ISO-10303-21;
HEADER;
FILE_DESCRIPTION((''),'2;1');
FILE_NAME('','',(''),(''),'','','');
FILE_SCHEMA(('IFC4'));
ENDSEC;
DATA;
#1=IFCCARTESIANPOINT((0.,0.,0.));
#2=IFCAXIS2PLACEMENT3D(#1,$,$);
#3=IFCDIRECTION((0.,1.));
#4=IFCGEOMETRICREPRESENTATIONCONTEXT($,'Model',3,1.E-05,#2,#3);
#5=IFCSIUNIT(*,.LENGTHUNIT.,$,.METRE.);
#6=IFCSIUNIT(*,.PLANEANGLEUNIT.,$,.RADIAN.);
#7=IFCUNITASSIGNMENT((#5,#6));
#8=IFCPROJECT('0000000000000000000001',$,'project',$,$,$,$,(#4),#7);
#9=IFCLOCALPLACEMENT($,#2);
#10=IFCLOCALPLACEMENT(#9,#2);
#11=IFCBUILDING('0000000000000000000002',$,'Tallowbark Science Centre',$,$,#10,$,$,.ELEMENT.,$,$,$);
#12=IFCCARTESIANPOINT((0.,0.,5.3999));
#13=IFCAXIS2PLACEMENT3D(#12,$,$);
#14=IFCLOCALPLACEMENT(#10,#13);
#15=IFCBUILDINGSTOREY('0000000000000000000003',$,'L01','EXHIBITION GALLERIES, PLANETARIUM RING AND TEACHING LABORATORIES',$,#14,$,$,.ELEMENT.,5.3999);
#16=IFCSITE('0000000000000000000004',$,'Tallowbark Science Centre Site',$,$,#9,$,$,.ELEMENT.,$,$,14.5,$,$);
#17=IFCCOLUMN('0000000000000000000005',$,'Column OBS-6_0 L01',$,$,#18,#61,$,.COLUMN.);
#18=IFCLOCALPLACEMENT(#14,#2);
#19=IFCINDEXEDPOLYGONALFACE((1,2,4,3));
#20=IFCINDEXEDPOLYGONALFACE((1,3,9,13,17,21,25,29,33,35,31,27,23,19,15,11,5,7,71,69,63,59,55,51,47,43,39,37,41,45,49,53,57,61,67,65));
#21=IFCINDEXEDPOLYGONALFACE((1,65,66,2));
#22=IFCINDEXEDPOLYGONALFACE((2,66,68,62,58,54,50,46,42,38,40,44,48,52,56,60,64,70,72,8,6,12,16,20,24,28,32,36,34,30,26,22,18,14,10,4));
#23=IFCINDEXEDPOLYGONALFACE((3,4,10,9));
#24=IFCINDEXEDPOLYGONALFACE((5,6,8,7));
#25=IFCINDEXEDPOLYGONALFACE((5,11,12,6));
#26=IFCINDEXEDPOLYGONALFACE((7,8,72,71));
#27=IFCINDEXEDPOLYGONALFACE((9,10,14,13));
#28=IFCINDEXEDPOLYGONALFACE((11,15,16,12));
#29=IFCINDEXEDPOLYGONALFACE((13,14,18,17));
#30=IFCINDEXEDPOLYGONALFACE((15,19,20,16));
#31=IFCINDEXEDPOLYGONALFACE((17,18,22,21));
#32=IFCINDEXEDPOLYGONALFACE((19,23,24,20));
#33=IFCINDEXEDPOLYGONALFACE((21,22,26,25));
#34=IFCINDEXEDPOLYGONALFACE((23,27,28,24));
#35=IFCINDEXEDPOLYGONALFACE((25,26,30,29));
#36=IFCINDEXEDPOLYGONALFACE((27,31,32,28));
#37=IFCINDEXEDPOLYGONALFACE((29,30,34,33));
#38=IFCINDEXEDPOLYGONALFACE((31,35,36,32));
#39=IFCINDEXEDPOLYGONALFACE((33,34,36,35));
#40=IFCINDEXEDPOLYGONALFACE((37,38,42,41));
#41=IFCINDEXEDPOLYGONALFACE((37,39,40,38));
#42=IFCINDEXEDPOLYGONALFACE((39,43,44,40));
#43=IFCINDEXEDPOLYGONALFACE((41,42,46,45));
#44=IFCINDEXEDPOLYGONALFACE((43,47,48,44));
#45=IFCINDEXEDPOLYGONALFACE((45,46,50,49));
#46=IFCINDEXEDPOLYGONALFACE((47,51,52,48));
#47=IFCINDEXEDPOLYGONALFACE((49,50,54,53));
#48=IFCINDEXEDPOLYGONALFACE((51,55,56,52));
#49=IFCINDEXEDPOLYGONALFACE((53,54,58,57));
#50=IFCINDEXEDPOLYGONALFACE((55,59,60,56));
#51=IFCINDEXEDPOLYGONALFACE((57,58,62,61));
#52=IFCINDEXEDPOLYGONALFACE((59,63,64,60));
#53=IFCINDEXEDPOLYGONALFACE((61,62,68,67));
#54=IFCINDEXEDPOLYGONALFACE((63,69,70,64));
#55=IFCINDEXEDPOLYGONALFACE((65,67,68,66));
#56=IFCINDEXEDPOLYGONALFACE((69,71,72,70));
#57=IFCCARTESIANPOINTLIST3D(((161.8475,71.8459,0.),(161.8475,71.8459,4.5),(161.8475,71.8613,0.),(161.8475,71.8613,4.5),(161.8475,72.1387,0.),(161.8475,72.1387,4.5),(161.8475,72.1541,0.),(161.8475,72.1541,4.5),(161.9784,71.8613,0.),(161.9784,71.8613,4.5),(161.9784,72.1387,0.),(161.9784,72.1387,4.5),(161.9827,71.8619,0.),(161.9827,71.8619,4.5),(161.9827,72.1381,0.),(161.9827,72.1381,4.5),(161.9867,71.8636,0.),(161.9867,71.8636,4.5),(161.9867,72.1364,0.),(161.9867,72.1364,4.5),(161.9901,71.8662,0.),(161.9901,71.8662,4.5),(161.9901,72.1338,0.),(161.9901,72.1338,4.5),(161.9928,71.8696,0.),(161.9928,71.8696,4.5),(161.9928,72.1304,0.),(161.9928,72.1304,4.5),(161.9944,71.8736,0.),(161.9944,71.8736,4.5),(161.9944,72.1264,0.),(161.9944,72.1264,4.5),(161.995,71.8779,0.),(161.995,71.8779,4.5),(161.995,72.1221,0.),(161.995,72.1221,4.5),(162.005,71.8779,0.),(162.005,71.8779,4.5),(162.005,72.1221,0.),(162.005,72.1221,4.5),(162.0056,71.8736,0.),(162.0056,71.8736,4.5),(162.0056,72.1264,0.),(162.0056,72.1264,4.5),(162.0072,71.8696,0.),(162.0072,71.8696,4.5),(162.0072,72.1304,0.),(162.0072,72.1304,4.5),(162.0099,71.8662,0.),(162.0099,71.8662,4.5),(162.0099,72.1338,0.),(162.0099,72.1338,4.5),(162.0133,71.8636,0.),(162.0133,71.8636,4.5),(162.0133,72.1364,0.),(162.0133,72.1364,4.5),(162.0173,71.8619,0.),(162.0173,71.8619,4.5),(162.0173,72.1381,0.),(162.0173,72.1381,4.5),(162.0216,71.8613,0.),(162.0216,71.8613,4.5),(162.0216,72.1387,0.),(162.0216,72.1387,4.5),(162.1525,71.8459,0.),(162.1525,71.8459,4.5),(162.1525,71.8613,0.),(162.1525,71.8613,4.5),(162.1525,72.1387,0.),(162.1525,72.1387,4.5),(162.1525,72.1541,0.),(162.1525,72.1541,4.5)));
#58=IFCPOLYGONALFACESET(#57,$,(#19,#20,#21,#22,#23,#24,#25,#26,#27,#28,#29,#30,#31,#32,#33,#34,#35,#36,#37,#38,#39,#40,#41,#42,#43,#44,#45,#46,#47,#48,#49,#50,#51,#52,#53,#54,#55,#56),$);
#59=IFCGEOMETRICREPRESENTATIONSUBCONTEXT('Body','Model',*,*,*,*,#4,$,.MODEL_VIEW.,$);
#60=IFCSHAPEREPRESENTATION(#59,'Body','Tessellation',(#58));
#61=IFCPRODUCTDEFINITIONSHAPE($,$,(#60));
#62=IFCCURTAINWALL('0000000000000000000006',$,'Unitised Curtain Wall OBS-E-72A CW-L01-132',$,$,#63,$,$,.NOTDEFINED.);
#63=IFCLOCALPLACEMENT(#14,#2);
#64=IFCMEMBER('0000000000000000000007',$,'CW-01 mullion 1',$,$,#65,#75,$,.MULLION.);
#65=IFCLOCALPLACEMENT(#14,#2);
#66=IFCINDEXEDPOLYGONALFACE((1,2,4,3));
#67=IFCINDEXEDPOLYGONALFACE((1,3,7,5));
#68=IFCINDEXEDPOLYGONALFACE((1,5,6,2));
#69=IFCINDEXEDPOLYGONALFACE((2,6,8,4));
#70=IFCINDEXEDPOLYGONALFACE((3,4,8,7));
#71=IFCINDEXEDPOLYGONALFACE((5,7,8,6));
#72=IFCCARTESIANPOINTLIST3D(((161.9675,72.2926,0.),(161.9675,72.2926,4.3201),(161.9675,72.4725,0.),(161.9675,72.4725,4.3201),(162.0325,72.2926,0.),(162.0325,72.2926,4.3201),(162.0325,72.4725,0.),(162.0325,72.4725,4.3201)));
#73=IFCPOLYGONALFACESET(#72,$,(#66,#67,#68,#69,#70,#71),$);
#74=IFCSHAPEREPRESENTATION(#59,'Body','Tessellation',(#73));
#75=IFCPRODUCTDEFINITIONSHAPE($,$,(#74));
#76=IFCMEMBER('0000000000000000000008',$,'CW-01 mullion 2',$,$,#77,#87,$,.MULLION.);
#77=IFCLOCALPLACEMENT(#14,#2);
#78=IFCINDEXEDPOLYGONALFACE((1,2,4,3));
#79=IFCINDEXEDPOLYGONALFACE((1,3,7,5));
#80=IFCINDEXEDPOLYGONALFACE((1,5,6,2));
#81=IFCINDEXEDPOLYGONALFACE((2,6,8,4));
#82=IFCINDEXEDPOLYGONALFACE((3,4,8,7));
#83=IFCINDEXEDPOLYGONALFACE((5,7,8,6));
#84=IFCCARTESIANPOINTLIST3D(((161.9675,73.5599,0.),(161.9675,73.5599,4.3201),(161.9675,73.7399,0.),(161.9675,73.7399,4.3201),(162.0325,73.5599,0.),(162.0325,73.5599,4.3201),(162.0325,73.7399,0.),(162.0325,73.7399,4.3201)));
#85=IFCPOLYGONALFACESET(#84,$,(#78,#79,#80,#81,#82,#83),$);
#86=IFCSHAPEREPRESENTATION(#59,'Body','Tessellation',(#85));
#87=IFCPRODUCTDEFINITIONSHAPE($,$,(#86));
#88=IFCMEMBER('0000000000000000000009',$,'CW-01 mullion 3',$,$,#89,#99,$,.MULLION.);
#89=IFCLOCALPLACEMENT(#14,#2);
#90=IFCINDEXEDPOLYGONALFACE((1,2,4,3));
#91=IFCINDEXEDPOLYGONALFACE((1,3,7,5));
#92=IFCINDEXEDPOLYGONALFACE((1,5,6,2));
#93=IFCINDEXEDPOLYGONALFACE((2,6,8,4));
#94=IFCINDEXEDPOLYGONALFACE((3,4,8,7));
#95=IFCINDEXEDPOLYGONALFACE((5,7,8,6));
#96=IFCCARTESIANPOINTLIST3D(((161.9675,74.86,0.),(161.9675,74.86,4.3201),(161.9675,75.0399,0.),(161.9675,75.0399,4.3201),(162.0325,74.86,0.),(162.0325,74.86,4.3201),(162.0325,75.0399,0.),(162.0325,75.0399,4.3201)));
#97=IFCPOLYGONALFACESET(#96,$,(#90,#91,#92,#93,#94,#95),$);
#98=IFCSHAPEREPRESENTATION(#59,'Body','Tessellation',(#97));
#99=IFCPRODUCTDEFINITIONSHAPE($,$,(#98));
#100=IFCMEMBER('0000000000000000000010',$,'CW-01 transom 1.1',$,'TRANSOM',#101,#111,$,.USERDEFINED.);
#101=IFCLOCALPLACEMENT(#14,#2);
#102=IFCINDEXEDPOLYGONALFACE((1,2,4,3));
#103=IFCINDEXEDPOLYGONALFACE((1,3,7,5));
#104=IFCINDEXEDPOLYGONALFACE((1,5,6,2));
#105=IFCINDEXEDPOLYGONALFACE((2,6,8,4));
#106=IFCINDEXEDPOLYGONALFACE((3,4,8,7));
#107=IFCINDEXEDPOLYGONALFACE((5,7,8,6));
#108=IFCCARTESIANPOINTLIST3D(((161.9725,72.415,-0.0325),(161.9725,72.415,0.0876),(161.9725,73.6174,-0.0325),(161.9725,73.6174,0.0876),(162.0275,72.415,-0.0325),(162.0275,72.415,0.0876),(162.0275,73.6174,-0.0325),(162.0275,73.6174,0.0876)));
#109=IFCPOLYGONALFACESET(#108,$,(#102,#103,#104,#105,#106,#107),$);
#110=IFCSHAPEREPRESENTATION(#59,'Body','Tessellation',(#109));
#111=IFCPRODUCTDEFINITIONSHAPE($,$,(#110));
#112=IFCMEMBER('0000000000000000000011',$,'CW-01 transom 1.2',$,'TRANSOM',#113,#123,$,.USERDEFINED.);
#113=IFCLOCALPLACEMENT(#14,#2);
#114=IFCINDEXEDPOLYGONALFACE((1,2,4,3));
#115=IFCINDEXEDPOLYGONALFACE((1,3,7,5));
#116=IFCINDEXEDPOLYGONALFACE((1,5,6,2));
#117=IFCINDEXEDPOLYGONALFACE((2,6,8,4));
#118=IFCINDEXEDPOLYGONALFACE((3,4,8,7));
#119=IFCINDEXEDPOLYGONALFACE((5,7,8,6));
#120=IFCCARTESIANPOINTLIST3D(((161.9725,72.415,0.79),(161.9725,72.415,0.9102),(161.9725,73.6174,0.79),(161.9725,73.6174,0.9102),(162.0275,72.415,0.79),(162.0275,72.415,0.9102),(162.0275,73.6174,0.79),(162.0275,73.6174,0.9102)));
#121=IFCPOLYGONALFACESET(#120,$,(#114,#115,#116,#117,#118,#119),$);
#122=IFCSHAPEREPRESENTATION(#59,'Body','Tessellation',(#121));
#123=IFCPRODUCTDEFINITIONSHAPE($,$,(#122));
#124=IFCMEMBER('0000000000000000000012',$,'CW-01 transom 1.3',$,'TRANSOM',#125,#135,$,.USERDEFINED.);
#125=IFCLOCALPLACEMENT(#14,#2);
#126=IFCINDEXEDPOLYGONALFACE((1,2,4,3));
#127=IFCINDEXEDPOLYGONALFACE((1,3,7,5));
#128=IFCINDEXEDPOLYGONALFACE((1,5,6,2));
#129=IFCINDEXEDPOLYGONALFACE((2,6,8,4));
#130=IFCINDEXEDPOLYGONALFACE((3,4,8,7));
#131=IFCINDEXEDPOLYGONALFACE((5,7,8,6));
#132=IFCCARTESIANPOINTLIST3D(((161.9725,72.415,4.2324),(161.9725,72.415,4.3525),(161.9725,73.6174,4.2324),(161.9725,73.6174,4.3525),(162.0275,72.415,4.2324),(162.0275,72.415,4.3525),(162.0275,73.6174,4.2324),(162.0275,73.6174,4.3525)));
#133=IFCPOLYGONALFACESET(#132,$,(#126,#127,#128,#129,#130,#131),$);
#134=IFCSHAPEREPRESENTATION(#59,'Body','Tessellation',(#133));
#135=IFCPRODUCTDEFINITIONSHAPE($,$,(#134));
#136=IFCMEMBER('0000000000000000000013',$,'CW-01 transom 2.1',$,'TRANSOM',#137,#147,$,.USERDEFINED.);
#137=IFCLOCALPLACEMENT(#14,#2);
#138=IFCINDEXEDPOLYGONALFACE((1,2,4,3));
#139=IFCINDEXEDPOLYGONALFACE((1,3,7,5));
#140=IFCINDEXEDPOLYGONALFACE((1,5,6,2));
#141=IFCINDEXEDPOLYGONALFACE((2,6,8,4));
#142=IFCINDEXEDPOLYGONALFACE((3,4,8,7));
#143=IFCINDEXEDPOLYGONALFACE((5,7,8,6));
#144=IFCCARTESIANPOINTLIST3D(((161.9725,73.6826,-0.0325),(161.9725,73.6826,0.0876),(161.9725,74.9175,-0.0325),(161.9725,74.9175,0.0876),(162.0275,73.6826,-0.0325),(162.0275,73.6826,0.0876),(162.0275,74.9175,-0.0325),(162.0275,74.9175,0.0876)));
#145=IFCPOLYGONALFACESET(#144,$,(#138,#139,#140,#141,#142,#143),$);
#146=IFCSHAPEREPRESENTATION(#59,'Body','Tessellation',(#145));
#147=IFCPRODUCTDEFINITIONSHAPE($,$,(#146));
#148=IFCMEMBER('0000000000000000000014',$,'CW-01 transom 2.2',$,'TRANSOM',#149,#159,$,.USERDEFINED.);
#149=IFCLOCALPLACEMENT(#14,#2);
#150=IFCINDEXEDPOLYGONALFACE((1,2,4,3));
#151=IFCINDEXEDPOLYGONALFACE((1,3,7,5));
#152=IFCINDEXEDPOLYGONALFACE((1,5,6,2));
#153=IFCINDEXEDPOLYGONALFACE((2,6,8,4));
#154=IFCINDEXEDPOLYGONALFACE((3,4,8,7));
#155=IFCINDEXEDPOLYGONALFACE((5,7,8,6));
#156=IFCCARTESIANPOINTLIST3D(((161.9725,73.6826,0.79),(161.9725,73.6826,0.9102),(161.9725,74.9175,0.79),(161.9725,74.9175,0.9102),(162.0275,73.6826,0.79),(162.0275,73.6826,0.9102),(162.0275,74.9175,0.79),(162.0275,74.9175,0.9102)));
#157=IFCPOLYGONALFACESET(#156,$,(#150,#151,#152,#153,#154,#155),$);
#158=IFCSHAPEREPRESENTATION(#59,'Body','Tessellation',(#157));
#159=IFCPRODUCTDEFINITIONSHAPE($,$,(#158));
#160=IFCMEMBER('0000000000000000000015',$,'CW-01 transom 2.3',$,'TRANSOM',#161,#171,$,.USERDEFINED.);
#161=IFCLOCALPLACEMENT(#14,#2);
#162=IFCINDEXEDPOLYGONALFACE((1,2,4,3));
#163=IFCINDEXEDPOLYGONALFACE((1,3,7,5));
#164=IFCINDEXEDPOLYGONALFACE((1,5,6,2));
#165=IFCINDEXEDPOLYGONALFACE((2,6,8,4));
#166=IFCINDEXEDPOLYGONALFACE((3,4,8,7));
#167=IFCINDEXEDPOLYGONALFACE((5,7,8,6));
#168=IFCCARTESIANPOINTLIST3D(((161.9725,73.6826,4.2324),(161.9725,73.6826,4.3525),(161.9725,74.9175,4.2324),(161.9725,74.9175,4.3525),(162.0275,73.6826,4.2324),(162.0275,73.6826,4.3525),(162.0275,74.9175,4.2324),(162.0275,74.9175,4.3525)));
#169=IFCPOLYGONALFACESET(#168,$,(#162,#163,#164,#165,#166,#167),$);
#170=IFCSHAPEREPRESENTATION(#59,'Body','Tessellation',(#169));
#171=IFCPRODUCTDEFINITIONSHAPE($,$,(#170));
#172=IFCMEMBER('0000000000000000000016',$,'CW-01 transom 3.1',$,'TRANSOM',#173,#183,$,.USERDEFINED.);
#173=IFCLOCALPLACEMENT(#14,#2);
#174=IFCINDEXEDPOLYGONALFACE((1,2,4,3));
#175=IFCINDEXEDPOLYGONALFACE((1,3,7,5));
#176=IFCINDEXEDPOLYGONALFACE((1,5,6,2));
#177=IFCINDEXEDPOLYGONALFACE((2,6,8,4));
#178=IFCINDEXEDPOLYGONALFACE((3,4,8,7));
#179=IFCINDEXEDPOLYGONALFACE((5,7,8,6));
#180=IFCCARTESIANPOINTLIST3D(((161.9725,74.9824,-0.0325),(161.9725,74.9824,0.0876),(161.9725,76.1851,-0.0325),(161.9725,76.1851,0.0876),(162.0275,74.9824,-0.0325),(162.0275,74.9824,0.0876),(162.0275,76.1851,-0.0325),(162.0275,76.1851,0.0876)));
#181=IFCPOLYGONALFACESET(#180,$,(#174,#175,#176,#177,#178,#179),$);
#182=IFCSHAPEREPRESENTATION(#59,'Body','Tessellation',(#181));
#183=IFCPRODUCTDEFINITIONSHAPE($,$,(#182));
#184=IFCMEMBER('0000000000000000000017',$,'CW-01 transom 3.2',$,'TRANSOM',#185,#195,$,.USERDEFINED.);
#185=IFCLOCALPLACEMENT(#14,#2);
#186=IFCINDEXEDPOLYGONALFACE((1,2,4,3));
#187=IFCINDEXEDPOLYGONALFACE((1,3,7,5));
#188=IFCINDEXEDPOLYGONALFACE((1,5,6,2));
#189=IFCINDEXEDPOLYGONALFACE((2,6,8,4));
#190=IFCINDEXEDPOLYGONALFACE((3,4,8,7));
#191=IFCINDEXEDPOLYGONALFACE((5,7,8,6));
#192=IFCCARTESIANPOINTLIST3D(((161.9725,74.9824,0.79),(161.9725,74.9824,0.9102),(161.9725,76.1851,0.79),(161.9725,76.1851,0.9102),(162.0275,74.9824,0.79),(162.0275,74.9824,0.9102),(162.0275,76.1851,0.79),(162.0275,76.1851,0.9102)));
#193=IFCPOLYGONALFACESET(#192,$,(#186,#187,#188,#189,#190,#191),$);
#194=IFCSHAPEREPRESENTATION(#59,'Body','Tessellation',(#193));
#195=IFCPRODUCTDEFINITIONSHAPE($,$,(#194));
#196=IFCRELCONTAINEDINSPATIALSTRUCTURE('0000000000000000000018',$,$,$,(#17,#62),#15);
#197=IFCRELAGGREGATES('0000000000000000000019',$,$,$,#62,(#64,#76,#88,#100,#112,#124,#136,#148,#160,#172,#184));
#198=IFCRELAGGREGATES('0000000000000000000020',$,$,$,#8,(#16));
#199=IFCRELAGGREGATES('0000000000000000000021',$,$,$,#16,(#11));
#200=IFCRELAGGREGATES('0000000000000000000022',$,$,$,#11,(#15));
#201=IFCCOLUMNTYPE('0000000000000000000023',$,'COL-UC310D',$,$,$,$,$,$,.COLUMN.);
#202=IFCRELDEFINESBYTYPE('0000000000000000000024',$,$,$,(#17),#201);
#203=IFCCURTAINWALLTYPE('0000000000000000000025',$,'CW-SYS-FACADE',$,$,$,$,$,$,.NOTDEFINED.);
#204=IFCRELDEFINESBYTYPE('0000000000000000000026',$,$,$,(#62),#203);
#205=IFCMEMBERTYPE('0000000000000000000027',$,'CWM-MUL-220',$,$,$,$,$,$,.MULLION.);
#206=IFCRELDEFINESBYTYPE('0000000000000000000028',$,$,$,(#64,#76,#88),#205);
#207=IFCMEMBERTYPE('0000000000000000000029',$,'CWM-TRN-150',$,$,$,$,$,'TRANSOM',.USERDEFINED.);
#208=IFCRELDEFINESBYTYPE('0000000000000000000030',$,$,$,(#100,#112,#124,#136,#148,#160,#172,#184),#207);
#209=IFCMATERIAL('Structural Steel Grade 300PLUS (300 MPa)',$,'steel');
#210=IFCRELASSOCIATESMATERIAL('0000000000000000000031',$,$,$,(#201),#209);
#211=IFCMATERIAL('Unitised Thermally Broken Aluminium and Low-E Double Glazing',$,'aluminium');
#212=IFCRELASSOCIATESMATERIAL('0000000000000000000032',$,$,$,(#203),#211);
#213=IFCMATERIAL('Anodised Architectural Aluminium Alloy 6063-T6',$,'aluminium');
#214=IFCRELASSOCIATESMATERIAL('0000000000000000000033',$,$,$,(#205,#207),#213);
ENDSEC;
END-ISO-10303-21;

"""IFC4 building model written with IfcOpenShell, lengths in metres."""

from ifc_helpers import new_model, si_unit, direction, frame, origin, origin_2d, place, context, subcontext, project, spatial, rectangle, i_section, extrude, material, material_profile, profile_set, type_object, element, aggregate, save


model = new_model("IFC4")

# Units and contexts
model_context = context("Model", 3, precision=1e-05, world=origin(), true_north=direction((0.0, 1.0)))
body_context = subcontext(model_context, "Body", "Model", "MODEL_VIEW")
ifc_project = project(units=[si_unit("LENGTHUNIT", "METRE"), si_unit("PLANEANGLEUNIT", "RADIAN")], contexts=[model_context])

# Site, building, storey
site_placement = place(None, origin())
site = spatial("IfcSite", under=ifc_project, at=site_placement, Name="Tallowbark Science Centre Site", CompositionType="ELEMENT", RefElevation=14.5)
building_placement = place(site_placement, origin())
building = spatial("IfcBuilding", under=site, at=building_placement, Name="Tallowbark Science Centre", CompositionType="ELEMENT")
storey_placement = place(building_placement, frame((0.0, 0.0, 5.3999)))
storey = spatial("IfcBuildingStorey", under=building, at=storey_placement, Name="L01", Description="EXHIBITION GALLERIES, PLANETARIUM RING AND TEACHING LABORATORIES", CompositionType="ELEMENT", Elevation=5.3999)

# Column
ifc_material_1 = material(Name="Structural Steel Grade 300PLUS (300 MPa)", Category="steel")
ifc_material_profile_1 = material_profile(ifc_material_1, i_section(OverallWidth=0.3049, OverallDepth=0.3081, WebThickness=0.01, FlangeThickness=0.0154, FilletRadius=0.0166, at=origin_2d()), Name="310UC96.8")
ifc_profile_set_1 = profile_set([ifc_material_profile_1], Name="Structural Steel Grade 300PLUS (300 MPa)")
column_type = type_object("IfcColumnType", Name="COL-UC310D", PredefinedType="COLUMN", material=ifc_profile_set_1)
column_placement = place(storey_placement, frame((162.0, 72.0, 0.0), z_axis=(0.0, 0.0, 1.0), x_axis=(1.0, 0.0, 0.0)))
element("IfcColumn", 1, at=column_placement, inside=storey, type_object=column_type, Name="Column OBS-6_0 L01", PredefinedType="COLUMN", context=body_context, shape_type="SweptSolid", body=[
    extrude(i_section(OverallWidth=0.3049, OverallDepth=0.3081, WebThickness=0.01, FlangeThickness=0.0154, FilletRadius=0.0166, at=origin_2d()), origin(), (0.0, 0.0, 1.0), 4.5),
])

# Curtain wall, members
ifc_material_2 = material(Name="Unitised Thermally Broken Aluminium and Low-E Double Glazing", Category="aluminium")
curtain_wall_type = type_object("IfcCurtainWallType", Name="CW-SYS-FACADE", PredefinedType="NOTDEFINED", material=ifc_material_2)
curtain_wall_placement = place(storey_placement, origin())
curtain_wall = element("IfcCurtainWall", 2, at=curtain_wall_placement, inside=storey, type_object=curtain_wall_type, Name="Unitised Curtain Wall OBS-E-72A CW-L01-132", PredefinedType="NOTDEFINED")
ifc_material_3 = material(Name="Anodised Architectural Aluminium Alloy 6063-T6", Category="aluminium")
ifc_material_profile_2 = material_profile(ifc_material_3, rectangle(XDim=0.0649, YDim=0.1799, at=origin_2d()), Name="ALU65x180")
ifc_profile_set_2 = profile_set([ifc_material_profile_2], Name="Anodised Architectural Aluminium Alloy 6063-T6")
member_type_1 = type_object("IfcMemberType", Name="CWM-MUL-220", PredefinedType="MULLION", material=ifc_profile_set_2)
member_1_placement = place(storey_placement, frame((162.0, 72.3826, 0.0), z_axis=(0.0, 0.0, 1.0), x_axis=(-1.0, 0.0, 0.0)))
member_1 = element("IfcMember", 3, at=member_1_placement, type_object=member_type_1, Name="CW-01 mullion 1", PredefinedType="MULLION", context=body_context, shape_type="SweptSolid", body=[
    extrude(rectangle(XDim=0.0649, YDim=0.1799, at=origin_2d()), origin(), (0.0, 0.0, 1.0), 4.3201),
])
member_2_placement = place(storey_placement, frame((162.0, 73.6499, 0.0), z_axis=(0.0, 0.0, 1.0), x_axis=(-1.0, 0.0, 0.0)))
member_2 = element("IfcMember", 4, at=member_2_placement, type_object=member_type_1, Name="CW-01 mullion 2", PredefinedType="MULLION", context=body_context, shape_type="SweptSolid", body=[
    extrude(rectangle(XDim=0.0649, YDim=0.1799, at=origin_2d()), origin(), (0.0, 0.0, 1.0), 4.3201),
])
member_3_placement = place(storey_placement, frame((162.0, 74.95, 0.0), z_axis=(0.0, 0.0, 1.0), x_axis=(-1.0, 0.0, 0.0)))
member_3 = element("IfcMember", 5, at=member_3_placement, type_object=member_type_1, Name="CW-01 mullion 3", PredefinedType="MULLION", context=body_context, shape_type="SweptSolid", body=[
    extrude(rectangle(XDim=0.0649, YDim=0.1799, at=origin_2d()), origin(), (0.0, 0.0, 1.0), 4.3201),
])
ifc_material_profile_3 = material_profile(ifc_material_3, rectangle(XDim=0.0549, YDim=0.1201, at=origin_2d()), Name="ALU55x120")
ifc_profile_set_3 = profile_set([ifc_material_profile_3], Name="Anodised Architectural Aluminium Alloy 6063-T6")
member_type_2 = type_object("IfcMemberType", Name="CWM-TRN-150", ElementType="TRANSOM", PredefinedType="USERDEFINED", material=ifc_profile_set_3)
member_4_placement = place(storey_placement, frame((162.0, 72.415, 0.0276), z_axis=(0.0, 1.0, 0.0), x_axis=(-1.0, 0.0, 0.0)))
member_4 = element("IfcMember", 6, at=member_4_placement, type_object=member_type_2, Name="CW-01 transom 1.1", ObjectType="TRANSOM", PredefinedType="USERDEFINED", context=body_context, shape_type="SweptSolid", body=[
    extrude(rectangle(XDim=0.0549, YDim=0.1201, at=origin_2d()), origin(), (0.0, 0.0, 1.0), 1.2024),
])
member_5_placement = place(storey_placement, frame((162.0, 72.415, 0.8501), z_axis=(0.0, 1.0, 0.0), x_axis=(-1.0, 0.0, 0.0)))
member_5 = element("IfcMember", 7, at=member_5_placement, type_object=member_type_2, Name="CW-01 transom 1.2", ObjectType="TRANSOM", PredefinedType="USERDEFINED", context=body_context, shape_type="SweptSolid", body=[
    extrude(rectangle(XDim=0.0549, YDim=0.1201, at=origin_2d()), origin(), (0.0, 0.0, 1.0), 1.2024),
])
member_6_placement = place(storey_placement, frame((162.0, 72.415, 4.2925), z_axis=(0.0, 1.0, 0.0), x_axis=(-1.0, 0.0, 0.0)))
member_6 = element("IfcMember", 8, at=member_6_placement, type_object=member_type_2, Name="CW-01 transom 1.3", ObjectType="TRANSOM", PredefinedType="USERDEFINED", context=body_context, shape_type="SweptSolid", body=[
    extrude(rectangle(XDim=0.0549, YDim=0.1201, at=origin_2d()), origin(), (0.0, 0.0, 1.0), 1.2024),
])
member_7_placement = place(storey_placement, frame((162.0, 73.6826, 0.0276), z_axis=(0.0, 1.0, 0.0), x_axis=(-1.0, 0.0, 0.0)))
member_7 = element("IfcMember", 9, at=member_7_placement, type_object=member_type_2, Name="CW-01 transom 2.1", ObjectType="TRANSOM", PredefinedType="USERDEFINED", context=body_context, shape_type="SweptSolid", body=[
    extrude(rectangle(XDim=0.0549, YDim=0.1201, at=origin_2d()), origin(), (0.0, 0.0, 1.0), 1.2349),
])
member_8_placement = place(storey_placement, frame((162.0, 73.6826, 0.8501), z_axis=(0.0, 1.0, 0.0), x_axis=(-1.0, 0.0, 0.0)))
member_8 = element("IfcMember", 10, at=member_8_placement, type_object=member_type_2, Name="CW-01 transom 2.2", ObjectType="TRANSOM", PredefinedType="USERDEFINED", context=body_context, shape_type="SweptSolid", body=[
    extrude(rectangle(XDim=0.0549, YDim=0.1201, at=origin_2d()), origin(), (0.0, 0.0, 1.0), 1.2349),
])
member_9_placement = place(storey_placement, frame((162.0, 73.6826, 4.2925), z_axis=(0.0, 1.0, 0.0), x_axis=(-1.0, 0.0, 0.0)))
member_9 = element("IfcMember", 11, at=member_9_placement, type_object=member_type_2, Name="CW-01 transom 2.3", ObjectType="TRANSOM", PredefinedType="USERDEFINED", context=body_context, shape_type="SweptSolid", body=[
    extrude(rectangle(XDim=0.0549, YDim=0.1201, at=origin_2d()), origin(), (0.0, 0.0, 1.0), 1.2349),
])
member_10_placement = place(storey_placement, frame((162.0, 74.9824, 0.0276), z_axis=(0.0, 1.0, 0.0), x_axis=(-1.0, 0.0, 0.0)))
member_10 = element("IfcMember", 12, at=member_10_placement, type_object=member_type_2, Name="CW-01 transom 3.1", ObjectType="TRANSOM", PredefinedType="USERDEFINED", context=body_context, shape_type="SweptSolid", body=[
    extrude(rectangle(XDim=0.0549, YDim=0.1201, at=origin_2d()), origin(), (0.0, 0.0, 1.0), 1.2026),
])
member_11_placement = place(storey_placement, frame((162.0, 74.9824, 0.8501), z_axis=(0.0, 1.0, 0.0), x_axis=(-1.0, 0.0, 0.0)))
member_11 = element("IfcMember", 13, at=member_11_placement, type_object=member_type_2, Name="CW-01 transom 3.2", ObjectType="TRANSOM", PredefinedType="USERDEFINED", context=body_context, shape_type="SweptSolid", body=[
    extrude(rectangle(XDim=0.0549, YDim=0.1201, at=origin_2d()), origin(), (0.0, 0.0, 1.0), 1.2026),
])

aggregate(curtain_wall, [member_1, member_2, member_3, member_4, member_5, member_6, member_7, member_8, member_9, member_10, member_11])

save(model, "model.ifc")
